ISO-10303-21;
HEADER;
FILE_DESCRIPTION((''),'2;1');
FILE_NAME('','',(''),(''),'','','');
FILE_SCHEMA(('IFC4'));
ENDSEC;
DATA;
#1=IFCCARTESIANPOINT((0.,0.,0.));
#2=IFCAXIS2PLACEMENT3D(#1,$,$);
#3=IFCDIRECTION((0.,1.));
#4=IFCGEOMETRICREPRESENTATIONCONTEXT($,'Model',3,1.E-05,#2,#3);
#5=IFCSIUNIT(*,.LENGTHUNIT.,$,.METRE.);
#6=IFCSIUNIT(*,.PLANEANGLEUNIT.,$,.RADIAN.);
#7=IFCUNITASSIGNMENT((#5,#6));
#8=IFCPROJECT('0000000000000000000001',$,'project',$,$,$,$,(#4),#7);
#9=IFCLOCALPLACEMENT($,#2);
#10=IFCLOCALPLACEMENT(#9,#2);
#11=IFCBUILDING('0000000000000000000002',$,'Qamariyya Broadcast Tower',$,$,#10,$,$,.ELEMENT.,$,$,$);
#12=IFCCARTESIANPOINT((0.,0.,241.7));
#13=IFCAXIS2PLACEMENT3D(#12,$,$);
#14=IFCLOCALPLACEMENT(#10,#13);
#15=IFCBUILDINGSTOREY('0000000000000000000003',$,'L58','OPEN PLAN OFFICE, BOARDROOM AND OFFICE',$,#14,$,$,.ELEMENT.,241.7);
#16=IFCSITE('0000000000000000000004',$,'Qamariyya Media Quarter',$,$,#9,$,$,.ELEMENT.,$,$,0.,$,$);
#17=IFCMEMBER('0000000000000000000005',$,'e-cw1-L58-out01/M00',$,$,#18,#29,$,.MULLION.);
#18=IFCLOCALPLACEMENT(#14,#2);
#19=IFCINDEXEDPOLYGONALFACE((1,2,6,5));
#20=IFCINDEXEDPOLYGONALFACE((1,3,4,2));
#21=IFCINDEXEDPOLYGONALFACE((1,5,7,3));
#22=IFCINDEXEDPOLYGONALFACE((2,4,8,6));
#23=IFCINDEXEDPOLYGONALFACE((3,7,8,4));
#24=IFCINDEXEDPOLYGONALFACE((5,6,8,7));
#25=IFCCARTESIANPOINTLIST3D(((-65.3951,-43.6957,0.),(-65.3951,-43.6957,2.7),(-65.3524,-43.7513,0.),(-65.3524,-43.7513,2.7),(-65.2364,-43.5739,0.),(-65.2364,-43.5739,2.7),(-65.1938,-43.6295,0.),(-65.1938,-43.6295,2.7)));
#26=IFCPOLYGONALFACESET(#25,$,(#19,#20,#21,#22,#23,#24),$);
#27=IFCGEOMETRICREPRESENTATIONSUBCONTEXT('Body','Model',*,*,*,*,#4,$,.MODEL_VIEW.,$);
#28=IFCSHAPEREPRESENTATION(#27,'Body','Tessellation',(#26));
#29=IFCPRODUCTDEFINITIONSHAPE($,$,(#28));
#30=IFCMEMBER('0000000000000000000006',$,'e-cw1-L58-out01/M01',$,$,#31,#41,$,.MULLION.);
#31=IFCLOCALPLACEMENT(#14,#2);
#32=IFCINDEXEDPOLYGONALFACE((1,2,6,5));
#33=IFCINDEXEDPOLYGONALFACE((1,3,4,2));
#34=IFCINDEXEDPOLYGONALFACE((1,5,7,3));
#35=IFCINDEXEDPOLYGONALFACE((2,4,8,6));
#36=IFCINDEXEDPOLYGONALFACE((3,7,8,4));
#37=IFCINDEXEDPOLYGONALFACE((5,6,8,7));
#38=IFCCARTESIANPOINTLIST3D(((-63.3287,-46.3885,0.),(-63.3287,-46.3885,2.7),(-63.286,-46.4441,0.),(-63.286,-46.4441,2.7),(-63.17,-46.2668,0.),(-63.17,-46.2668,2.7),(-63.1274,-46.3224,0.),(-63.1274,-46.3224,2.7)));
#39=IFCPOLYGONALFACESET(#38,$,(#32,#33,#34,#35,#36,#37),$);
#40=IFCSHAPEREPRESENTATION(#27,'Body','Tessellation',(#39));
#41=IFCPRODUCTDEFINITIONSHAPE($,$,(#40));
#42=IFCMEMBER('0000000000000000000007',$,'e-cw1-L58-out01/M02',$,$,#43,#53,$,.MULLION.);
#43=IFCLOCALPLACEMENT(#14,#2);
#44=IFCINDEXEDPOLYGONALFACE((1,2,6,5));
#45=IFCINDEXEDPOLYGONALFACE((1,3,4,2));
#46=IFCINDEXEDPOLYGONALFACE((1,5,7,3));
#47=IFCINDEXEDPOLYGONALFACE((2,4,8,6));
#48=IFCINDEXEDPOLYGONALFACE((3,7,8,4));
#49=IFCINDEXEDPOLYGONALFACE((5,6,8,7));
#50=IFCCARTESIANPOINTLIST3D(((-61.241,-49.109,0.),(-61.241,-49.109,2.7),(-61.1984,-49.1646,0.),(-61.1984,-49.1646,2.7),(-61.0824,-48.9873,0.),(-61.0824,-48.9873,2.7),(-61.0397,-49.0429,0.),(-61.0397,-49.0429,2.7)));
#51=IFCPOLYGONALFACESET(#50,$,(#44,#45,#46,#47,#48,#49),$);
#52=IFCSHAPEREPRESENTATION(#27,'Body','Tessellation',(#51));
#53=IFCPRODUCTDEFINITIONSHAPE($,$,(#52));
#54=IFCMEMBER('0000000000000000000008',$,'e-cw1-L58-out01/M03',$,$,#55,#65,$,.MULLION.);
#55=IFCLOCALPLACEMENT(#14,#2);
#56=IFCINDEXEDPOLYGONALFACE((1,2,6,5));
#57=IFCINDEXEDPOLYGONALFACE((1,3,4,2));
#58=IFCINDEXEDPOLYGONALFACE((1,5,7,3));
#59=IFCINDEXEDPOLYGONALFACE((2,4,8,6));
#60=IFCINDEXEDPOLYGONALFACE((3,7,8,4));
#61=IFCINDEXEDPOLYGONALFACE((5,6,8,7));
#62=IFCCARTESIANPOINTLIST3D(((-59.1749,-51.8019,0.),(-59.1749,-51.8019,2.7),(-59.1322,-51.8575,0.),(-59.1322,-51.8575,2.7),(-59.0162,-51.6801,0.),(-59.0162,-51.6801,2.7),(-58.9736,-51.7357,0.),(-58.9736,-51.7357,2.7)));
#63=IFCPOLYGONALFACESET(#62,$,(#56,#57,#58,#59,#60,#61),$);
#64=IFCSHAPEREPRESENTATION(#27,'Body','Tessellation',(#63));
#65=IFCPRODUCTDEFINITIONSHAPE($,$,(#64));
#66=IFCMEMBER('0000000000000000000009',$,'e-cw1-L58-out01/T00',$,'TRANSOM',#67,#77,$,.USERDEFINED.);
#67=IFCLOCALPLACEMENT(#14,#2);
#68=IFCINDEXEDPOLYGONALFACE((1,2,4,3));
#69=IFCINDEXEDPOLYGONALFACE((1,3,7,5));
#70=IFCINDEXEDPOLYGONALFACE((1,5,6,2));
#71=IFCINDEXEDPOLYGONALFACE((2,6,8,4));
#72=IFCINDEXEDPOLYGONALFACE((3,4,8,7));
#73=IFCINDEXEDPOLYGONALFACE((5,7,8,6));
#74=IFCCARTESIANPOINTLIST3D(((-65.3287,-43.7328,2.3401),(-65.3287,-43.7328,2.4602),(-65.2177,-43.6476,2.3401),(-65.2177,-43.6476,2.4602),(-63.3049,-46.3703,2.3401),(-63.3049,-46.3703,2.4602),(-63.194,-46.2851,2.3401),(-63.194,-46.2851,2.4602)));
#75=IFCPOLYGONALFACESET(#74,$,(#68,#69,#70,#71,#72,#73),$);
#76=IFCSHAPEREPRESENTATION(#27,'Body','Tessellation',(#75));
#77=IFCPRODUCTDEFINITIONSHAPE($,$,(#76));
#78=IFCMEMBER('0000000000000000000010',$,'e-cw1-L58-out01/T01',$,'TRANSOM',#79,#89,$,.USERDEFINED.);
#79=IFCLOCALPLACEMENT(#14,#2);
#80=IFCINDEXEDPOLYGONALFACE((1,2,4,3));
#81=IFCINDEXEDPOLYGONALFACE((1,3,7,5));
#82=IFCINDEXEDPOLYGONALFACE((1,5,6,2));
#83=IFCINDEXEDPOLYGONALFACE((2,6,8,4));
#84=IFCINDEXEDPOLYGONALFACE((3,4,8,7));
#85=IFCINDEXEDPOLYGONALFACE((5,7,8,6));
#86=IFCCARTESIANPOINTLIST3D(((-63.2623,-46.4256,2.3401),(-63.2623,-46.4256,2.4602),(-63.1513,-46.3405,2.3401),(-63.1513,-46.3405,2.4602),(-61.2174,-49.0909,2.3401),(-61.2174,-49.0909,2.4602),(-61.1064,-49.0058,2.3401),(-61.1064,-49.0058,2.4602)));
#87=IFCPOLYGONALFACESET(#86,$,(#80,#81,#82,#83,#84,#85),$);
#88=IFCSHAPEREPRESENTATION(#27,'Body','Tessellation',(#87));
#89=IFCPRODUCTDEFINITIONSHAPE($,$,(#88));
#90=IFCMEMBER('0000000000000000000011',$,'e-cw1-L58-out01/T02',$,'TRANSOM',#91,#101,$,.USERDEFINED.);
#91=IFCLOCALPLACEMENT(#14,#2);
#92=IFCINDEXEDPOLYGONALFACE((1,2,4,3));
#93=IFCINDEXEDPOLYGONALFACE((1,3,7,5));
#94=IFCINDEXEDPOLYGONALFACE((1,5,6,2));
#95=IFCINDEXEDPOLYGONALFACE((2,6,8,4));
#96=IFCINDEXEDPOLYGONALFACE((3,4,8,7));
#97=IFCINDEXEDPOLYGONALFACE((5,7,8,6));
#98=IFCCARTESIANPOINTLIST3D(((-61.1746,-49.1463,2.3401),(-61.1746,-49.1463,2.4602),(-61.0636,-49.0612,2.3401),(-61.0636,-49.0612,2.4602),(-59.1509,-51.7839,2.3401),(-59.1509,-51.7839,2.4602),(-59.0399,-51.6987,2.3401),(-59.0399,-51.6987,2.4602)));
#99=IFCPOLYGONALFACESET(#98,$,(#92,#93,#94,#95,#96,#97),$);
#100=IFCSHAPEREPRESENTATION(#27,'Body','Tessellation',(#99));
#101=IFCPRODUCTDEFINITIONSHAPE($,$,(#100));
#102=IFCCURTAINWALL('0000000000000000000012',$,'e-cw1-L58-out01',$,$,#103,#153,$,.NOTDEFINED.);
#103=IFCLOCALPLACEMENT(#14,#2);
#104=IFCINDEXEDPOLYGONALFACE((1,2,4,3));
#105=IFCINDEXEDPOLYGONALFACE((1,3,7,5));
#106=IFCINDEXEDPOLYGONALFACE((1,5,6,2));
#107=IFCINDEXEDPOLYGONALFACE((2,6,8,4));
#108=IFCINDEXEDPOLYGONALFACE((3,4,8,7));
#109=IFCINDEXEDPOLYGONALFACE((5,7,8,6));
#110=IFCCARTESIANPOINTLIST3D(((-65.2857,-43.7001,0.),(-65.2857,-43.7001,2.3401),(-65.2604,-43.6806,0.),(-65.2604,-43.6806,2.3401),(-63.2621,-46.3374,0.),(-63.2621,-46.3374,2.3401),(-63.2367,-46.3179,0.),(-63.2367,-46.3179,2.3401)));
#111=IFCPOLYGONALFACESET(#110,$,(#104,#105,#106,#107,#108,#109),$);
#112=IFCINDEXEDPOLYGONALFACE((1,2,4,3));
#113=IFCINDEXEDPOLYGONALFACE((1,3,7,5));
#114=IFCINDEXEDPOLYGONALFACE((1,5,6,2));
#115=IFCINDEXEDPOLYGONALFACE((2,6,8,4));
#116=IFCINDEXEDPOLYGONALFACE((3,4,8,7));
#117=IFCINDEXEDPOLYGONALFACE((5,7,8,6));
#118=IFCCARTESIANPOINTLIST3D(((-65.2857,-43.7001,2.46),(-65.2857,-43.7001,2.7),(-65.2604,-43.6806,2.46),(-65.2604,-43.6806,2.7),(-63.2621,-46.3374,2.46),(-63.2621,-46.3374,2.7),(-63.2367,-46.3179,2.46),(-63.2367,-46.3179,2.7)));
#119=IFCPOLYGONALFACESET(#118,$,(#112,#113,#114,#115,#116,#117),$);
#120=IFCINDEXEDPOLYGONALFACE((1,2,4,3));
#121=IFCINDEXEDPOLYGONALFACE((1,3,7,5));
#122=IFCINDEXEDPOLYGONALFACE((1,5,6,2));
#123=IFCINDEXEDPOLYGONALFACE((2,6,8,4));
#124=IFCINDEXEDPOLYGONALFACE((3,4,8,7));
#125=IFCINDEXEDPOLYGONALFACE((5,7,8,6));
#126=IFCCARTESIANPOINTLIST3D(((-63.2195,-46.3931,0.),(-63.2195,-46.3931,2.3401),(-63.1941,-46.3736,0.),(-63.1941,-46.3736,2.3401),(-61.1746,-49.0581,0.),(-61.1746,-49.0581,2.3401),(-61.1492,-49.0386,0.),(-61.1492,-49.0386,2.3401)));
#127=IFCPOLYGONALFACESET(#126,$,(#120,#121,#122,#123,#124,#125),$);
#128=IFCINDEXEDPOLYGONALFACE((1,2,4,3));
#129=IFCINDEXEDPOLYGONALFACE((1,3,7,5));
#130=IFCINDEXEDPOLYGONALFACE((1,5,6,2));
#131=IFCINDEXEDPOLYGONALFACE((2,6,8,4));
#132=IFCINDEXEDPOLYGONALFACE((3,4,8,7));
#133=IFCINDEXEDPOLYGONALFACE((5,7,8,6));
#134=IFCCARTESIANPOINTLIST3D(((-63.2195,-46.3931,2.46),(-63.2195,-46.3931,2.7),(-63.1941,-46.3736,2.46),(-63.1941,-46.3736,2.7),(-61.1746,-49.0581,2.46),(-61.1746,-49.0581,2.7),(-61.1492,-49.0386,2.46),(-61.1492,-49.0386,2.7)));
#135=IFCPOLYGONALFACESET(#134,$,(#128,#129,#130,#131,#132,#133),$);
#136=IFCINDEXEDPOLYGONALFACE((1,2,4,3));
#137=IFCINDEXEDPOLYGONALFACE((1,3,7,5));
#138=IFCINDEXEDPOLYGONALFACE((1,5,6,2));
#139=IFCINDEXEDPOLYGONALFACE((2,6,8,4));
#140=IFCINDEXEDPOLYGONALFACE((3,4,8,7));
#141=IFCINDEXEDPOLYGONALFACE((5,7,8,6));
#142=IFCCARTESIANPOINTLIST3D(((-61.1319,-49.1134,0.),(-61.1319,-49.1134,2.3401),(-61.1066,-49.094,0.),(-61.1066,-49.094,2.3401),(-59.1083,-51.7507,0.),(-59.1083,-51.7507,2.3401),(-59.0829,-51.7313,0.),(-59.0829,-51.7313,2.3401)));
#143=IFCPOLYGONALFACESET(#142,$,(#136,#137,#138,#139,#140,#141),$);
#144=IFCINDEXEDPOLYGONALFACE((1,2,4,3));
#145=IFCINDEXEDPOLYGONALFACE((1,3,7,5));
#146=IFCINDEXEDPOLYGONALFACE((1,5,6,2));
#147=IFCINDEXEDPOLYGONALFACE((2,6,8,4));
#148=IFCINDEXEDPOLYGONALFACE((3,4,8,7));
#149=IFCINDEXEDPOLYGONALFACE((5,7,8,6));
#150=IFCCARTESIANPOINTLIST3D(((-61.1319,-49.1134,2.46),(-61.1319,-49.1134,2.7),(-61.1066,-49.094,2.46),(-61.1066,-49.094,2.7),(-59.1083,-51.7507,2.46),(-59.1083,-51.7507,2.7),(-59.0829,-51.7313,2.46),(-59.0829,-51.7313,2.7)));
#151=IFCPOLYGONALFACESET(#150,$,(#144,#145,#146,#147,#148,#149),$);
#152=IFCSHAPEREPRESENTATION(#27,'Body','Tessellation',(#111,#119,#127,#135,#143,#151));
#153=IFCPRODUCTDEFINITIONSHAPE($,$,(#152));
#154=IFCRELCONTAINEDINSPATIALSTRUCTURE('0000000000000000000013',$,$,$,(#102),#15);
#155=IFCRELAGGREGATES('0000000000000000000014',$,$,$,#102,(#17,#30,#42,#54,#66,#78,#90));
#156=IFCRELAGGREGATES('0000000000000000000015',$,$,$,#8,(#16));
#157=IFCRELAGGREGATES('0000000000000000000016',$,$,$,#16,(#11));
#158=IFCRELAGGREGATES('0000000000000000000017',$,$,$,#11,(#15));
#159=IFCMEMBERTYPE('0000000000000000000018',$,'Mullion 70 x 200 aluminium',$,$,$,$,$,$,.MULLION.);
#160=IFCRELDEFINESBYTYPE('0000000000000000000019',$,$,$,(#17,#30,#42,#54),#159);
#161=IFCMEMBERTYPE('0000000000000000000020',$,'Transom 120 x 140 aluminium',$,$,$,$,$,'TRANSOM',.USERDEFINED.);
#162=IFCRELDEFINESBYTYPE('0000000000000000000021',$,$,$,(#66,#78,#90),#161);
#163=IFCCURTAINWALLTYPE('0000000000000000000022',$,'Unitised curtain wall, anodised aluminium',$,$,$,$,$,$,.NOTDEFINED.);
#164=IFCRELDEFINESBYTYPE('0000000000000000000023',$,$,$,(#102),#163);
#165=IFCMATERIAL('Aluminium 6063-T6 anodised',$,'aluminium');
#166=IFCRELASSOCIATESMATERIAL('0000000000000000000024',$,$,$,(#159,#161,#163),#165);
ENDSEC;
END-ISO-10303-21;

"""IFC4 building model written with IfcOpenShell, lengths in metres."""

from ifc_helpers import new_model, si_unit, direction, frame, origin, origin_2d, place, context, subcontext, project, spatial, rectangle, extrude, material, material_profile, profile_set, type_object, element, aggregate, save


model = new_model("IFC4")

# Units and contexts
model_context = context("Model", 3, precision=1e-05, world=origin(), true_north=direction((0.0, 1.0)))
body_context = subcontext(model_context, "Body", "Model", "MODEL_VIEW")
ifc_project = project(units=[si_unit("LENGTHUNIT", "METRE"), si_unit("PLANEANGLEUNIT", "RADIAN")], contexts=[model_context])

# Members
ifc_material = material(Name="Aluminium 6063-T6 anodised", Category="aluminium")
ifc_material_profile_1 = material_profile(ifc_material, rectangle(XDim=0.2, YDim=0.0701, at=origin_2d()))
ifc_profile_set_1 = profile_set([ifc_material_profile_1], Name="Aluminium 6063-T6 anodised")
member_type_1 = type_object("IfcMemberType", Name="Mullion 70 x 200 aluminium", PredefinedType="MULLION", material=ifc_profile_set_1)
site_placement = place(None, origin())
building_placement = place(site_placement, origin())
storey_placement = place(building_placement, frame((0.0, 0.0, 241.7)))
member_1_placement = place(storey_placement, frame((-65.2944, -43.6626, 0.0), z_axis=(0.0, 0.0, 1.0), x_axis=(0.793353, 0.608761, 0.0)))
member_1 = element("IfcMember", 1, at=member_1_placement, type_object=member_type_1, Name="e-cw1-L58-out01/M00", PredefinedType="MULLION", context=body_context, shape_type="SweptSolid", body=[
    extrude(rectangle(XDim=0.2, YDim=0.0701, at=origin_2d()), origin(), (0.0, 0.0, 1.0), 2.7),
])
member_2_placement = place(storey_placement, frame((-63.228, -46.3555, 0.0), z_axis=(0.0, 0.0, 1.0), x_axis=(0.793353, 0.608761, 0.0)))
member_2 = element("IfcMember", 2, at=member_2_placement, type_object=member_type_1, Name="e-cw1-L58-out01/M01", PredefinedType="MULLION", context=body_context, shape_type="SweptSolid", body=[
    extrude(rectangle(XDim=0.2, YDim=0.0701, at=origin_2d()), origin(), (0.0, 0.0, 1.0), 2.7),
])
member_3_placement = place(storey_placement, frame((-61.1404, -49.0759, 0.0), z_axis=(0.0, 0.0, 1.0), x_axis=(0.793353, 0.608761, 0.0)))
member_3 = element("IfcMember", 3, at=member_3_placement, type_object=member_type_1, Name="e-cw1-L58-out01/M02", PredefinedType="MULLION", context=body_context, shape_type="SweptSolid", body=[
    extrude(rectangle(XDim=0.2, YDim=0.0701, at=origin_2d()), origin(), (0.0, 0.0, 1.0), 2.7),
])
member_4_placement = place(storey_placement, frame((-59.0742, -51.7688, 0.0), z_axis=(0.0, 0.0, 1.0), x_axis=(0.793353, 0.608761, 0.0)))
member_4 = element("IfcMember", 4, at=member_4_placement, type_object=member_type_1, Name="e-cw1-L58-out01/M03", PredefinedType="MULLION", context=body_context, shape_type="SweptSolid", body=[
    extrude(rectangle(XDim=0.2, YDim=0.0701, at=origin_2d()), origin(), (0.0, 0.0, 1.0), 2.7),
])
ifc_material_profile_2 = material_profile(ifc_material, rectangle(XDim=0.1399, YDim=0.1201, at=origin_2d()))
ifc_profile_set_2 = profile_set([ifc_material_profile_2], Name="Aluminium 6063-T6 anodised")
member_type_2 = type_object("IfcMemberType", Name="Transom 120 x 140 aluminium", ElementType="TRANSOM", PredefinedType="USERDEFINED", material=ifc_profile_set_2)
member_5_placement = place(storey_placement, frame((-65.2732, -43.6902, 2.4001), z_axis=(0.608741, -0.793369, 0.0), x_axis=(0.793369, 0.608741, 0.0)))
member_5 = element("IfcMember", 5, at=member_5_placement, type_object=member_type_2, Name="e-cw1-L58-out01/T00", ObjectType="TRANSOM", PredefinedType="USERDEFINED", context=body_context, shape_type="SweptSolid", body=[
    extrude(rectangle(XDim=0.1399, YDim=0.1201, at=origin_2d()), origin(), (0.0, 0.0, 1.0), 3.3245),
])
member_6_placement = place(storey_placement, frame((-63.2068, -46.3831, 2.4001), z_axis=(0.60872, -0.793385, 0.0), x_axis=(0.793385, 0.60872, 0.0)))
member_6 = element("IfcMember", 6, at=member_6_placement, type_object=member_type_2, Name="e-cw1-L58-out01/T01", ObjectType="TRANSOM", PredefinedType="USERDEFINED", context=body_context, shape_type="SweptSolid", body=[
    extrude(rectangle(XDim=0.1399, YDim=0.1201, at=origin_2d()), origin(), (0.0, 0.0, 1.0), 3.3594),
])
member_7_placement = place(storey_placement, frame((-61.1191, -49.1038, 2.4001), z_axis=(0.608741, -0.793369, 0.0), x_axis=(0.793369, 0.608741, 0.0)))
member_7 = element("IfcMember", 7, at=member_7_placement, type_object=member_type_2, Name="e-cw1-L58-out01/T02", ObjectType="TRANSOM", PredefinedType="USERDEFINED", context=body_context, shape_type="SweptSolid", body=[
    extrude(rectangle(XDim=0.1399, YDim=0.1201, at=origin_2d()), origin(), (0.0, 0.0, 1.0), 3.3245),
])

# Site, building, storey
site = spatial("IfcSite", under=ifc_project, at=site_placement, Name="Qamariyya Media Quarter", CompositionType="ELEMENT", RefElevation=0.0)
building = spatial("IfcBuilding", under=site, at=building_placement, Name="Qamariyya Broadcast Tower", CompositionType="ELEMENT")
storey = spatial("IfcBuildingStorey", under=building, at=storey_placement, Name="L58", Description="OPEN PLAN OFFICE, BOARDROOM AND OFFICE", CompositionType="ELEMENT", Elevation=241.7)

# Curtain wall
curtain_wall_type = type_object("IfcCurtainWallType", Name="Unitised curtain wall, anodised aluminium", PredefinedType="NOTDEFINED", material=ifc_material)
curtain_wall_1_placement = place(storey_placement, origin())
curtain_wall_1 = element("IfcCurtainWall", 8, at=curtain_wall_1_placement, inside=storey, type_object=curtain_wall_type, Name="e-cw1-L58-out01", PredefinedType="NOTDEFINED", context=body_context, shape_type="SweptSolid", body=[
    extrude(rectangle(XDim=3.3242, YDim=0.032, at=origin_2d()), frame((-64.2612, -45.009, 0.0), x_axis=(0.608754, -0.793359, 0.0)), (0.0, 0.0, 1.0), 2.3401),
    extrude(rectangle(XDim=3.3242, YDim=0.032, at=origin_2d()), frame((-64.2612, -45.009, 2.46), x_axis=(0.608754, -0.793359, 0.0)), (0.0, 0.0, 1.0), 0.24),
    extrude(rectangle(XDim=3.3591, YDim=0.032, at=origin_2d()), frame((-62.1843, -47.7158, 0.0), x_axis=(0.608754, -0.793359, 0.0)), (0.0, 0.0, 1.0), 2.3401),
    extrude(rectangle(XDim=3.3591, YDim=0.032, at=origin_2d()), frame((-62.1843, -47.7158, 2.46), x_axis=(0.608754, -0.793359, 0.0)), (0.0, 0.0, 1.0), 0.24),
    extrude(rectangle(XDim=3.3242, YDim=0.032, at=origin_2d()), frame((-60.1074, -50.4224, 0.0), x_axis=(0.608754, -0.793359, 0.0)), (0.0, 0.0, 1.0), 2.3401),
    extrude(rectangle(XDim=3.3242, YDim=0.032, at=origin_2d()), frame((-60.1074, -50.4224, 2.46), x_axis=(0.608754, -0.793359, 0.0)), (0.0, 0.0, 1.0), 0.24),
])
aggregate(curtain_wall_1, [member_1, member_2, member_3, member_4, member_5, member_6, member_7])

save(model, "model.ifc")
